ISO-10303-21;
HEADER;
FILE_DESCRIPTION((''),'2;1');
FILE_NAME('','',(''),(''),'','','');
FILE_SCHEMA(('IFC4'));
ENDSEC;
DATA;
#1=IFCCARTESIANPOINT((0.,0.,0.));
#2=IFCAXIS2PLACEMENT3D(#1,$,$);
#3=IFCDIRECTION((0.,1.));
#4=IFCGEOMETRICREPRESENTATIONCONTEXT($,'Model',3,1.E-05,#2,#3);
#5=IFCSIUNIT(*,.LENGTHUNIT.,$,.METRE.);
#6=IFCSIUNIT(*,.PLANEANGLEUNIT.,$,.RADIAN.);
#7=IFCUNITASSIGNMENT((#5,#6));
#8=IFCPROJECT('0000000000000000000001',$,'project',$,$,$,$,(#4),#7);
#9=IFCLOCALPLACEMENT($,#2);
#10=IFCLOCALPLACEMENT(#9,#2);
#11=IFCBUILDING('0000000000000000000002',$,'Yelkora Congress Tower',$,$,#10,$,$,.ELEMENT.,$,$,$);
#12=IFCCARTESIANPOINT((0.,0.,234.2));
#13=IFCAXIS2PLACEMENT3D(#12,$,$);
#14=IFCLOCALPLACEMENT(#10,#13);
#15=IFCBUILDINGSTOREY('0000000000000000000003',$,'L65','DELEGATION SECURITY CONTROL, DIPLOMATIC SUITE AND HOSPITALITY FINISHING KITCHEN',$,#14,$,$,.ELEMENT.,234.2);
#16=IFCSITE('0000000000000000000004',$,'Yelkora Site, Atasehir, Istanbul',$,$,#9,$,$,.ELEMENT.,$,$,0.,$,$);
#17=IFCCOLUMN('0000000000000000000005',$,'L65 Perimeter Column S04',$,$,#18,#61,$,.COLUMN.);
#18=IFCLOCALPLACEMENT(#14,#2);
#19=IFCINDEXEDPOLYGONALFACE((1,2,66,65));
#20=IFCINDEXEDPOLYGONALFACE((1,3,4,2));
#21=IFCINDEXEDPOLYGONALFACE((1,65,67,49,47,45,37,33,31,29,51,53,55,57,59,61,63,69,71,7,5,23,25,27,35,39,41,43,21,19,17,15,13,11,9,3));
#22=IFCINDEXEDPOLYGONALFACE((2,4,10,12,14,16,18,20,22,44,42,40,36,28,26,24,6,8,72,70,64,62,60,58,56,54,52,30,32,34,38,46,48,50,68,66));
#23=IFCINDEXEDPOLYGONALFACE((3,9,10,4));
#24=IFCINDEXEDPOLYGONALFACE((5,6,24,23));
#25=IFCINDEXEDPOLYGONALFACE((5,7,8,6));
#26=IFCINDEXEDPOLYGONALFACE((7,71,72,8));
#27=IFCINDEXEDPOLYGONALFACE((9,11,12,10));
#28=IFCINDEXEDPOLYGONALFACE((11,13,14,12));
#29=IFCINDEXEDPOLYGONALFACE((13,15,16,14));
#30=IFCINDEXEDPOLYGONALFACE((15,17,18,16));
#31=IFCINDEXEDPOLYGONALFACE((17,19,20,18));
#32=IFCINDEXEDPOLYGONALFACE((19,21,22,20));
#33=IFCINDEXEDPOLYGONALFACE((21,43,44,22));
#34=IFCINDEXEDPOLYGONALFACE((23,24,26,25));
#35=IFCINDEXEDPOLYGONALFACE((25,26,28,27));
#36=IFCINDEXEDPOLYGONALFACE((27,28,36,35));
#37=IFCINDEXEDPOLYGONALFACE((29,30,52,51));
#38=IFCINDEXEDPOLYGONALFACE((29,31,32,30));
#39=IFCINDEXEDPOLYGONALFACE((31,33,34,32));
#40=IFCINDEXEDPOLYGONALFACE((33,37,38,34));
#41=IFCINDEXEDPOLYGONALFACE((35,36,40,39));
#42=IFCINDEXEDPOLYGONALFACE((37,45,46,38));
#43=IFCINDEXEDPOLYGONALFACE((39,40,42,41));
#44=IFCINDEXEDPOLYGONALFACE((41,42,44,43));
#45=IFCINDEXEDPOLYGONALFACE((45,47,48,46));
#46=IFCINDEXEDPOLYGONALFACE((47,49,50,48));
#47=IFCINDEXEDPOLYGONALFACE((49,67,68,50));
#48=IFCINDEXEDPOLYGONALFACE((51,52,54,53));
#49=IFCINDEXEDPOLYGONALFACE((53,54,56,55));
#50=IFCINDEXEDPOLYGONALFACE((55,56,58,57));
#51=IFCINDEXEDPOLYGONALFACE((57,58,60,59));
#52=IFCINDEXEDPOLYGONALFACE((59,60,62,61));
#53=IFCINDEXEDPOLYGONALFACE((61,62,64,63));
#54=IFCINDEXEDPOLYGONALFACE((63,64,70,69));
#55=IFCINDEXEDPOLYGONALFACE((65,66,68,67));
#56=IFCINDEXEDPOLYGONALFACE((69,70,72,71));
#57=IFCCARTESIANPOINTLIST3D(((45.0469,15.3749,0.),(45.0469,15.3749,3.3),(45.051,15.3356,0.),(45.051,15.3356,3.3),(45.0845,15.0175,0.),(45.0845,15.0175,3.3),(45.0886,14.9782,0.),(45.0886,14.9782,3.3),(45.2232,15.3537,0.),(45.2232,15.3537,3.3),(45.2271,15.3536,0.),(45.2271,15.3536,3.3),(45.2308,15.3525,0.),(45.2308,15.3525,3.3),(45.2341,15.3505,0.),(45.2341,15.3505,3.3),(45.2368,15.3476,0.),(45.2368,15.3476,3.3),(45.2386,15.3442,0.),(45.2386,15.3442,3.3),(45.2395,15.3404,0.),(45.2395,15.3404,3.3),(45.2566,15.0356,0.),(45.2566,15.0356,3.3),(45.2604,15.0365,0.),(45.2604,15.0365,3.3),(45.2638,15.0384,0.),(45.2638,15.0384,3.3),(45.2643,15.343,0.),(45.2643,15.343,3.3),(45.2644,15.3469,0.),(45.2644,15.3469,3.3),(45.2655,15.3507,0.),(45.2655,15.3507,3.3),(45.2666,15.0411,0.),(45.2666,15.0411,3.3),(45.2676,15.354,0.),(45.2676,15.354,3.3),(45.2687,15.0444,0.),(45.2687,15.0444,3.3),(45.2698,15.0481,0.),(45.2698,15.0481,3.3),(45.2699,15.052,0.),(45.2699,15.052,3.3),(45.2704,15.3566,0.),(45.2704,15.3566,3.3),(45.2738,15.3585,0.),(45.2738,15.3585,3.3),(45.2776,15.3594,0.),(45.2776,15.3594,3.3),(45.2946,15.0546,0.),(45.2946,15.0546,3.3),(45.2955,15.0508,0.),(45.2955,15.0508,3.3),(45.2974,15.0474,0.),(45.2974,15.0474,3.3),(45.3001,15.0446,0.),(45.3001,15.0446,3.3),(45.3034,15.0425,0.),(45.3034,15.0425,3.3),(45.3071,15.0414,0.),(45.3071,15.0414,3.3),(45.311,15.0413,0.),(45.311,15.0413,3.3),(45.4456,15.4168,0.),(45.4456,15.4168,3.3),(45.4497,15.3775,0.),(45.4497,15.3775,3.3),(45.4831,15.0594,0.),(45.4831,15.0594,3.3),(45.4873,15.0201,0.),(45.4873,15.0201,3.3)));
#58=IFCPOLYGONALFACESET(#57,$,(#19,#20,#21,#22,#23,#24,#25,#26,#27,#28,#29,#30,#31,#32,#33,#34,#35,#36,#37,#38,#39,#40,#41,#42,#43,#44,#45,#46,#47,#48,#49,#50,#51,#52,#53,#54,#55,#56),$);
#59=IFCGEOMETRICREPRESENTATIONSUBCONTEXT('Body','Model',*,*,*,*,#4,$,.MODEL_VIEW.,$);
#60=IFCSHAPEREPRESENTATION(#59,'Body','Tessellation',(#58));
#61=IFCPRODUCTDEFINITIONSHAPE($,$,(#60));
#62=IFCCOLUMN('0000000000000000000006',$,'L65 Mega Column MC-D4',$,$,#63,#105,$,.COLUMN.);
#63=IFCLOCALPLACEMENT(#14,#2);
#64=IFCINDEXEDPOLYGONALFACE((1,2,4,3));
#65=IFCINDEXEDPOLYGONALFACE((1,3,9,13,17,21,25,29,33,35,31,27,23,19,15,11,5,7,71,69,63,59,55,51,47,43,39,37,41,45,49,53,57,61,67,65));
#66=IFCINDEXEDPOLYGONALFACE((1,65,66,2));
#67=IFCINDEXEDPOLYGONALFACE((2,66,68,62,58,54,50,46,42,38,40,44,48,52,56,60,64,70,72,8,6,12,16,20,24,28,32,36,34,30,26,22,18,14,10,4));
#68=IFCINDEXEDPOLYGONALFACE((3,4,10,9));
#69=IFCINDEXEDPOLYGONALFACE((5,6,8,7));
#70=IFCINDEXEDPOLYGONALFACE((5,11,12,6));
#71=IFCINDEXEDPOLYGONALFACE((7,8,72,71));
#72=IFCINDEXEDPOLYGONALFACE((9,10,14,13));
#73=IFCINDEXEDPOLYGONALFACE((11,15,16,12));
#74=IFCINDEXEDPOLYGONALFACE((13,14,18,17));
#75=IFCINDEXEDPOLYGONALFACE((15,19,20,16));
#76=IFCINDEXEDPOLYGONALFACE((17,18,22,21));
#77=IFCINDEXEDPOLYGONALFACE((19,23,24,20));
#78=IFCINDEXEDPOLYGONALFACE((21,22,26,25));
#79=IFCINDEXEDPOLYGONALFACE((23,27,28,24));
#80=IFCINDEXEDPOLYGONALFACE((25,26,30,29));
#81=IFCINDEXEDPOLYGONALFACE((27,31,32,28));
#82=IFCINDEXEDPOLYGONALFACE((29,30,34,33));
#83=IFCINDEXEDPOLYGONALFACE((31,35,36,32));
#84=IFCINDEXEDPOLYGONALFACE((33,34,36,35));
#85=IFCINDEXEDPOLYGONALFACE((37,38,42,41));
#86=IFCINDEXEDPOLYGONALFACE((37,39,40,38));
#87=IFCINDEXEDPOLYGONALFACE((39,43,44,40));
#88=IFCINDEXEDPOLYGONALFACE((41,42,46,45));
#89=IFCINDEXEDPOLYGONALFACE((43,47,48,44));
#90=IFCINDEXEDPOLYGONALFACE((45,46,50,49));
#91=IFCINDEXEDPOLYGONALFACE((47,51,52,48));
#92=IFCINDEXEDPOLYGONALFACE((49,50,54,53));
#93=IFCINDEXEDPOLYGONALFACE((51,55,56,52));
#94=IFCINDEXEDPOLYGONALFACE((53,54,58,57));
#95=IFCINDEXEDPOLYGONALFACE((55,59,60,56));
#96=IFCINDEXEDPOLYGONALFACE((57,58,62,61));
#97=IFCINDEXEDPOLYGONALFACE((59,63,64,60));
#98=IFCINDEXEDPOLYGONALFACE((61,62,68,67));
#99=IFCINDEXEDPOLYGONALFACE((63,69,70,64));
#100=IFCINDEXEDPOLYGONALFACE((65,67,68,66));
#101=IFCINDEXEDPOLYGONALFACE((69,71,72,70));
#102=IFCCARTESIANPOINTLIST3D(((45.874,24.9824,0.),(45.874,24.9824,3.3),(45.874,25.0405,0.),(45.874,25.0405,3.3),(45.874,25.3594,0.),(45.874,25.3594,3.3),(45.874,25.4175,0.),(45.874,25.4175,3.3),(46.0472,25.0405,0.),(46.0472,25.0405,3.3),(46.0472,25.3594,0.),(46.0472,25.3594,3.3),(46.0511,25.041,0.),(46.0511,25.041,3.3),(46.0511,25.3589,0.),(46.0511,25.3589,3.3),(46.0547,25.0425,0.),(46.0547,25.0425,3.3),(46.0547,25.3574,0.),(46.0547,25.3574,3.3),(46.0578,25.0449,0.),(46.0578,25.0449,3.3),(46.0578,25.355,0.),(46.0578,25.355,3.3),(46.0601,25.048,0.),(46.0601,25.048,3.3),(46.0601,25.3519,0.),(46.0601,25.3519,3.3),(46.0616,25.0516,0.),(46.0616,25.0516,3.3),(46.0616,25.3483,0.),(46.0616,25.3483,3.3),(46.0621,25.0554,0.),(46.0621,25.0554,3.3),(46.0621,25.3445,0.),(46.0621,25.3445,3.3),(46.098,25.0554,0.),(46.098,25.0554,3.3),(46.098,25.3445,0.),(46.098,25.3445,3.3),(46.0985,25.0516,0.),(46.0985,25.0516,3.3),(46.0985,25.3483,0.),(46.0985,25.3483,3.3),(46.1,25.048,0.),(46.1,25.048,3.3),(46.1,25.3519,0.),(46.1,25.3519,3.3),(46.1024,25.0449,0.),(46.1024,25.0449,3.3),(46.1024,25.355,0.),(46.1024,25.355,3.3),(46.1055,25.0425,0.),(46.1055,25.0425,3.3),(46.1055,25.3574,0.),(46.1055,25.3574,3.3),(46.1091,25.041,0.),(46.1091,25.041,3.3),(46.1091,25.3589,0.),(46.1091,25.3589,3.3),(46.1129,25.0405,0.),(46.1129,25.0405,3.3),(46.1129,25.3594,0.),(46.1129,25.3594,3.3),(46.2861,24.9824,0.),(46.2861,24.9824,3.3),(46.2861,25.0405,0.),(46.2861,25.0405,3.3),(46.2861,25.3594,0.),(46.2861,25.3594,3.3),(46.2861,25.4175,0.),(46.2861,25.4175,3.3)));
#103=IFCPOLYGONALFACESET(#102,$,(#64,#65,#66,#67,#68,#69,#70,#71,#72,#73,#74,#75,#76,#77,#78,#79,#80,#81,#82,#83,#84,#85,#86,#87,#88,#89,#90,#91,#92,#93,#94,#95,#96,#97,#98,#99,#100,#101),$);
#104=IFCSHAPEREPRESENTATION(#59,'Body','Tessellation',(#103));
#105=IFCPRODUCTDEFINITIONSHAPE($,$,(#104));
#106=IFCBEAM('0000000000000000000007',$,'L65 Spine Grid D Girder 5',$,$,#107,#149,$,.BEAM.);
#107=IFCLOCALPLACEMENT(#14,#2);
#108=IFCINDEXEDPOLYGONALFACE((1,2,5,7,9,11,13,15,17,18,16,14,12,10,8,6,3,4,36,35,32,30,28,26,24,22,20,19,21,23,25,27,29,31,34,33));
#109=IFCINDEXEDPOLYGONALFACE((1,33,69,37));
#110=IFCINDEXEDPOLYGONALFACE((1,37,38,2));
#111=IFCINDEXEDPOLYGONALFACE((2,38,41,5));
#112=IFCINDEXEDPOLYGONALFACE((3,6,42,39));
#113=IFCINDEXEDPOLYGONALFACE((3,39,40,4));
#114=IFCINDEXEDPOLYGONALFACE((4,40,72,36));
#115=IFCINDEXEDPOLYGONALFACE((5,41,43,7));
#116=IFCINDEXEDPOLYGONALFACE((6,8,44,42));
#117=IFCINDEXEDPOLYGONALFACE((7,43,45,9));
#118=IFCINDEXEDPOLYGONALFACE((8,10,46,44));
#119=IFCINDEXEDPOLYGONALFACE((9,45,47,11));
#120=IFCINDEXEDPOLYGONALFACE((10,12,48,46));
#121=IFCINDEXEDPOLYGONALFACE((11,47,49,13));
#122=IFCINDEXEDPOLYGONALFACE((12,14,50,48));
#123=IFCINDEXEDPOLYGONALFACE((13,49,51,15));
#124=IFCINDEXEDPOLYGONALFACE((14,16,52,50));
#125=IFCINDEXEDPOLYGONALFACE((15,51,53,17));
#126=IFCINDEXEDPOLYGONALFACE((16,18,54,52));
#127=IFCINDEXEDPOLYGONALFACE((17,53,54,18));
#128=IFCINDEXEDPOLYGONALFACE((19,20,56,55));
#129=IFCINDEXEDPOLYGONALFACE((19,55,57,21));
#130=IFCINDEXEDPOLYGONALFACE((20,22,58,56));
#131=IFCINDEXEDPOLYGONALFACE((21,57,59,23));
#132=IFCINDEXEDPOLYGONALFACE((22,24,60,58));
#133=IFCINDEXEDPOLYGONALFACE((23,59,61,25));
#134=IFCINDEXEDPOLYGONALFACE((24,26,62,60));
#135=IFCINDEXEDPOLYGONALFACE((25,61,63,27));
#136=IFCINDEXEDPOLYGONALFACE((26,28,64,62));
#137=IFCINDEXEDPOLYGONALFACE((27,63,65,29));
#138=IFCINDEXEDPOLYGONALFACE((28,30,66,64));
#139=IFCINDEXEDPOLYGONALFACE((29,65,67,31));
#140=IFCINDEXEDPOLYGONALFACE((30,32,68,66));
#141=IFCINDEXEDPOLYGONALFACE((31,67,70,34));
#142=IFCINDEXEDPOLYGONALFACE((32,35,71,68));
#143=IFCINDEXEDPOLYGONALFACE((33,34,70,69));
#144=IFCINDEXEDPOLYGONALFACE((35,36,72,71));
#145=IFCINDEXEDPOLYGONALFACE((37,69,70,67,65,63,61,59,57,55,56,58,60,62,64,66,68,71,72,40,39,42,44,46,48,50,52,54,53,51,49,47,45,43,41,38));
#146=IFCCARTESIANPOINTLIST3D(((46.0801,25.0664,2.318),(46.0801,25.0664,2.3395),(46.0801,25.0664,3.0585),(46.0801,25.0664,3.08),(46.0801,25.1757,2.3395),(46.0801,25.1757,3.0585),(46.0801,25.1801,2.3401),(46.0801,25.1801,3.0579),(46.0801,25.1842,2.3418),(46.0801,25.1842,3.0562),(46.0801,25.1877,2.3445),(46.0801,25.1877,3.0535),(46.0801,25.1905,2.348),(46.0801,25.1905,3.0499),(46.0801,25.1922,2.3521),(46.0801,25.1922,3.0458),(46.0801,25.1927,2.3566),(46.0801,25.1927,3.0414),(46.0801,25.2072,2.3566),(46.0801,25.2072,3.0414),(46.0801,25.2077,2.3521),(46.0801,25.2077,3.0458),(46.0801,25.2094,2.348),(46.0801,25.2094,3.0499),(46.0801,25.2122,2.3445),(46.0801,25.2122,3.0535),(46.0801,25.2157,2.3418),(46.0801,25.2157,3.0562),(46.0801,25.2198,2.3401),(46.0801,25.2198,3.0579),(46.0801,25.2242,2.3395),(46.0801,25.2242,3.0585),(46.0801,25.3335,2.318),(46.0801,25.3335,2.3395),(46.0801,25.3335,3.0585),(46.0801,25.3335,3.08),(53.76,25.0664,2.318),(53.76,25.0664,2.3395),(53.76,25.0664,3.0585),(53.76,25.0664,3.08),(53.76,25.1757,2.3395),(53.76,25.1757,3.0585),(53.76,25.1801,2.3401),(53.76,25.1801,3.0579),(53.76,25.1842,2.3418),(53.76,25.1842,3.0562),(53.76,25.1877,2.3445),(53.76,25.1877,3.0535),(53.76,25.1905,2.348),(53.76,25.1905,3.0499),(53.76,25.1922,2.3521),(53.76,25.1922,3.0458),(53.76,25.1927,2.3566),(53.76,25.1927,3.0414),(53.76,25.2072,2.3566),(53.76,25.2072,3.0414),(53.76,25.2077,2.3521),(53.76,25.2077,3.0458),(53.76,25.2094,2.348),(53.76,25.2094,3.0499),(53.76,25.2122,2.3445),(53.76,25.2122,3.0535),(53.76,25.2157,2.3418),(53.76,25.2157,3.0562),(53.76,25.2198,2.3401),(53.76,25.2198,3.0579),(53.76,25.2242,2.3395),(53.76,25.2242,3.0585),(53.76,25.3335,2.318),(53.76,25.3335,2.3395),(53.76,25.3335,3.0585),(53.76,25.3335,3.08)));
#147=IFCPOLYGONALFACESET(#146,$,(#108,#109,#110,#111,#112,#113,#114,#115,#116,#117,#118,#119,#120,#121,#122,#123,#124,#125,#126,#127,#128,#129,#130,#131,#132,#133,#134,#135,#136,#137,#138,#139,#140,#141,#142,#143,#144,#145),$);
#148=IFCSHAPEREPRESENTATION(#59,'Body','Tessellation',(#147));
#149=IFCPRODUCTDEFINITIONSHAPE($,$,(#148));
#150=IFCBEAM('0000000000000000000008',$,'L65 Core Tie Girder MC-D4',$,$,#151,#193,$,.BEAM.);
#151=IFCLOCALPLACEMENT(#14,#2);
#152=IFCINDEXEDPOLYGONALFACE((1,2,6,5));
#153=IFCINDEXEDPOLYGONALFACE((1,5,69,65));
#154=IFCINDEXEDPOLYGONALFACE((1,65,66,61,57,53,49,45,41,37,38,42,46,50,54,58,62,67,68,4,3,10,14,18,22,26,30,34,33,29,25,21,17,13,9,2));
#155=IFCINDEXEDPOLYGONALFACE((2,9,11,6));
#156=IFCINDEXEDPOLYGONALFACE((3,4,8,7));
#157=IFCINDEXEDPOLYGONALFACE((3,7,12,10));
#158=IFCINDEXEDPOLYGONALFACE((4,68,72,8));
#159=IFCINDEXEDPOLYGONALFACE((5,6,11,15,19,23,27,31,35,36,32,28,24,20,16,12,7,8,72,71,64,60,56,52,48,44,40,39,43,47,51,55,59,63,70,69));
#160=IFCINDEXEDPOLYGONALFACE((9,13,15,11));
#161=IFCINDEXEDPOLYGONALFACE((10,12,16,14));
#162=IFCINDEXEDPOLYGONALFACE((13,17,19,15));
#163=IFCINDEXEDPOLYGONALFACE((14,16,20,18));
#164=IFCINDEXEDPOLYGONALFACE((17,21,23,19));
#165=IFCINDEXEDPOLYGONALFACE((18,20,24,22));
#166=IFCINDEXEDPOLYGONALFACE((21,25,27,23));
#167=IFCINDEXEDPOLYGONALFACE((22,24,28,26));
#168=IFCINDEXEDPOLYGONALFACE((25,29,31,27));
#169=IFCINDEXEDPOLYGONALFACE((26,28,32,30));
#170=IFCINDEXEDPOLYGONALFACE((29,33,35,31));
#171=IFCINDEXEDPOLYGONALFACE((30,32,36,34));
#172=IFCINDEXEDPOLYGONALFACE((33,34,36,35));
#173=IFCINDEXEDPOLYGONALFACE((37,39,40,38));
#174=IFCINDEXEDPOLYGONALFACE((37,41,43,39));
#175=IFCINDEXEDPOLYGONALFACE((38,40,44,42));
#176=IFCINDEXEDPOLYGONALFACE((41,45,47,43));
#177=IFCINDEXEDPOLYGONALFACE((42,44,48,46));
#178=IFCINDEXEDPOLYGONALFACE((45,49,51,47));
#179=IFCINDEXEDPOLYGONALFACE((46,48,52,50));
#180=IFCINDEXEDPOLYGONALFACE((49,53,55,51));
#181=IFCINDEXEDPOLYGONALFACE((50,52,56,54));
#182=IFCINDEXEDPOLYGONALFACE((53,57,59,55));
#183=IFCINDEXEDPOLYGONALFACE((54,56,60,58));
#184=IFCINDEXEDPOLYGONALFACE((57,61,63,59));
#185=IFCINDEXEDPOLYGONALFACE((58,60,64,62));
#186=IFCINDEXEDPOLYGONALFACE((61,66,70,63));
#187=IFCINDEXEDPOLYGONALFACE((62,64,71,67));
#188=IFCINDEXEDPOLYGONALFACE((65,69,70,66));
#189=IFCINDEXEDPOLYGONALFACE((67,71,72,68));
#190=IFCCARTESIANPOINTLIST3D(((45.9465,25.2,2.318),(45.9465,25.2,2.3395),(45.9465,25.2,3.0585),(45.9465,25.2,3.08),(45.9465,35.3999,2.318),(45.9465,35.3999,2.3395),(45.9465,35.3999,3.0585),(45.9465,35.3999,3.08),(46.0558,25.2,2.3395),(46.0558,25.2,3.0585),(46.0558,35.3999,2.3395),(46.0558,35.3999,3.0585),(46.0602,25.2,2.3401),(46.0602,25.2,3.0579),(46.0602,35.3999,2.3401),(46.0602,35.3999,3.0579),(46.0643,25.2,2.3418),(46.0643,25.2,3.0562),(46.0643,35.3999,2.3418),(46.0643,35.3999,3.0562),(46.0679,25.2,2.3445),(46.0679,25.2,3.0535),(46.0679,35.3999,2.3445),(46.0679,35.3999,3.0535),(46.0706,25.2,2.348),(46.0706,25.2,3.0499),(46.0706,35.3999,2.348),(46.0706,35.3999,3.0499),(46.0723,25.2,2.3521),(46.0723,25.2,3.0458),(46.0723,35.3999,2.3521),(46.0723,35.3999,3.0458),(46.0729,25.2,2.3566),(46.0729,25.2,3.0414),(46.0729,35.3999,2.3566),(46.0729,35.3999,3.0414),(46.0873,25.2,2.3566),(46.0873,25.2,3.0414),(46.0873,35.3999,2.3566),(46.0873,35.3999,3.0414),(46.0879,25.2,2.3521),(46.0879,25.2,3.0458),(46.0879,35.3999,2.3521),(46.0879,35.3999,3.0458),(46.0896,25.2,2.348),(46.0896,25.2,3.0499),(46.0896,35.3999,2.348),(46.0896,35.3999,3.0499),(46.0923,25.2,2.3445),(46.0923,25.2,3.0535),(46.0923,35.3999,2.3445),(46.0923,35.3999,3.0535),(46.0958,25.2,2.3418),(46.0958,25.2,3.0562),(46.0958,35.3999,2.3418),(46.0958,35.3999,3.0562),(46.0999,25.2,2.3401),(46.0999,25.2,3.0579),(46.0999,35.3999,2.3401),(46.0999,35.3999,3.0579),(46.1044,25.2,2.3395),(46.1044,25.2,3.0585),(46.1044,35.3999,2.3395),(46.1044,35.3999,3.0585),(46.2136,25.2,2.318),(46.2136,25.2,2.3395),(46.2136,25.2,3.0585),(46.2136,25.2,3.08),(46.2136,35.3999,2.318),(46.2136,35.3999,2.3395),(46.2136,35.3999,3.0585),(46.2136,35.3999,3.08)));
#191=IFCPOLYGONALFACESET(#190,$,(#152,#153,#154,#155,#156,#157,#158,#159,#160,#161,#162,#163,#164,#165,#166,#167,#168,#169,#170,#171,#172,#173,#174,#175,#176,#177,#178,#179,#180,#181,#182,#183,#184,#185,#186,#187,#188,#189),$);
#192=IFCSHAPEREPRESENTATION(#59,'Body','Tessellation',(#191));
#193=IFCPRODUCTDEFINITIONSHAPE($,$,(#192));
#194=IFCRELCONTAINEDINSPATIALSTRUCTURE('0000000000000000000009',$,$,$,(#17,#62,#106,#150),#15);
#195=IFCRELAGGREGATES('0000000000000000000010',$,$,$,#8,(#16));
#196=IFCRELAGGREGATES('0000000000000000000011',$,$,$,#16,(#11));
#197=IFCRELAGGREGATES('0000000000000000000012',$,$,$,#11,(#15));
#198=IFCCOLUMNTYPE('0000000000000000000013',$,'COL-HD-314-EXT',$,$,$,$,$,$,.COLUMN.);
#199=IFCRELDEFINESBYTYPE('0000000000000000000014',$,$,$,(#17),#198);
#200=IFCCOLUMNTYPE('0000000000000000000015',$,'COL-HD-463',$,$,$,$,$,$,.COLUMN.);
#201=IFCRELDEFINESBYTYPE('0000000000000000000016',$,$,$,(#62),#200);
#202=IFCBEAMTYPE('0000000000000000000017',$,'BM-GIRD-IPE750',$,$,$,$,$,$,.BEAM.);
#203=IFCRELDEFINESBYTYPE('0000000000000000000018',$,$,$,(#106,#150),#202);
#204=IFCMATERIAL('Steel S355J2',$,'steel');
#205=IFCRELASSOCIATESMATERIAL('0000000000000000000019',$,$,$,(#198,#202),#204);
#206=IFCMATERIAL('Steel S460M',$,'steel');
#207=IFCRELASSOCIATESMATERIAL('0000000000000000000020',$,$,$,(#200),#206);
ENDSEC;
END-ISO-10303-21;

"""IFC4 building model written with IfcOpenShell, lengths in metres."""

from ifc_helpers import new_model, si_unit, direction, frame, origin, origin_2d, place, context, subcontext, project, spatial, i_section, extrude, material, material_profile, profile_set, type_object, element, save


model = new_model("IFC4")

# Units and contexts
model_context = context("Model", 3, precision=1e-05, world=origin(), true_north=direction((0.0, 1.0)))
body_context = subcontext(model_context, "Body", "Model", "MODEL_VIEW")
ifc_project = project(units=[si_unit("LENGTHUNIT", "METRE"), si_unit("PLANEANGLEUNIT", "RADIAN")], contexts=[model_context])

# Site, building, storey
site_placement = place(None, origin())
site = spatial("IfcSite", under=ifc_project, at=site_placement, Name="Yelkora Site, Atasehir, Istanbul", CompositionType="ELEMENT", RefElevation=0.0)
building_placement = place(site_placement, origin())
building = spatial("IfcBuilding", under=site, at=building_placement, Name="Yelkora Congress Tower", CompositionType="ELEMENT")
storey_placement = place(building_placement, frame((0.0, 0.0, 234.2)))
storey = spatial("IfcBuildingStorey", under=building, at=storey_placement, Name="L65", Description="DELEGATION SECURITY CONTROL, DIPLOMATIC SUITE AND HOSPITALITY FINISHING KITCHEN", CompositionType="ELEMENT", Elevation=234.2)

# Columns
ifc_material_1 = material(Name="Steel S355J2", Category="steel")
ifc_material_profile_1 = material_profile(ifc_material_1, i_section(OverallWidth=0.4009, OverallDepth=0.3989, WebThickness=0.0249, FlangeThickness=0.0396, FilletRadius=0.0149, at=origin_2d()), Name="HD 400x314")
ifc_profile_set_1 = profile_set([ifc_material_profile_1], Name="Steel S355J2")
column_type_1 = type_object("IfcColumnType", Name="COL-HD-314-EXT", PredefinedType="COLUMN", material=ifc_profile_set_1)
column_1_placement = place(storey_placement, frame((45.2671, 15.1975, 0.0), z_axis=(0.0, 0.0, 1.0), x_axis=(0.994522, 0.104528, 0.0)))
element("IfcColumn", 1, at=column_1_placement, inside=storey, type_object=column_type_1, Name="L65 Perimeter Column S04", PredefinedType="COLUMN", context=body_context, shape_type="SweptSolid", body=[
    extrude(i_section(OverallWidth=0.4009, OverallDepth=0.3989, WebThickness=0.0249, FlangeThickness=0.0396, FilletRadius=0.0149, at=origin_2d()), origin(), (0.0, 0.0, 1.0), 3.3),
])
ifc_material_2 = material(Name="Steel S460M", Category="steel")
ifc_material_profile_2 = material_profile(ifc_material_2, i_section(OverallWidth=0.4121, OverallDepth=0.4351, WebThickness=0.0359, FlangeThickness=0.0581, FilletRadius=0.0149, at=origin_2d()), Name="HD 400x463")
ifc_profile_set_2 = profile_set([ifc_material_profile_2], Name="Steel S460M")
column_type_2 = type_object("IfcColumnType", Name="COL-HD-463", PredefinedType="COLUMN", material=ifc_profile_set_2)
column_2_placement = place(storey_placement, frame((46.0801, 25.2, 0.0), z_axis=(0.0, 0.0, 1.0), x_axis=(1.0, 0.0, 0.0)))
element("IfcColumn", 2, at=column_2_placement, inside=storey, type_object=column_type_2, Name="L65 Mega Column MC-D4", PredefinedType="COLUMN", context=body_context, shape_type="SweptSolid", body=[
    extrude(i_section(OverallWidth=0.4121, OverallDepth=0.4351, WebThickness=0.0359, FlangeThickness=0.0581, FilletRadius=0.0149, at=origin_2d()), origin(), (0.0, 0.0, 1.0), 3.3),
])

# Beams
ifc_material_profile_3 = material_profile(ifc_material_1, i_section(OverallWidth=0.2671, OverallDepth=0.762, WebThickness=0.0144, FlangeThickness=0.0215, FilletRadius=0.0171, at=origin_2d()), Name="IPE 750x173")
ifc_profile_set_3 = profile_set([ifc_material_profile_3], Name="Steel S355J2")
beam_type_1 = type_object("IfcBeamType", Name="BM-GIRD-IPE750", PredefinedType="BEAM", material=ifc_profile_set_3)
beam_1_placement = place(storey_placement, frame((46.0801, 25.2, 2.699), z_axis=(1.0, 0.0, 0.0), x_axis=(0.0, 1.0, 0.0)))
element("IfcBeam", 3, at=beam_1_placement, inside=storey, type_object=beam_type_1, Name="L65 Spine Grid D Girder 5", PredefinedType="BEAM", context=body_context, shape_type="SweptSolid", body=[
    extrude(i_section(OverallWidth=0.2671, OverallDepth=0.762, WebThickness=0.0144, FlangeThickness=0.0215, FilletRadius=0.0171, at=origin_2d()), origin(), (0.0, 0.0, 1.0), 7.6799),
])
beam_2_placement = place(storey_placement, frame((46.0801, 25.2, 2.699), z_axis=(0.0, 1.0, 0.0), x_axis=(-1.0, 0.0, 0.0)))
element("IfcBeam", 4, at=beam_2_placement, inside=storey, type_object=beam_type_1, Name="L65 Core Tie Girder MC-D4", PredefinedType="BEAM", context=body_context, shape_type="SweptSolid", body=[
    extrude(i_section(OverallWidth=0.2671, OverallDepth=0.762, WebThickness=0.0144, FlangeThickness=0.0215, FilletRadius=0.0171, at=origin_2d()), origin(), (0.0, 0.0, 1.0), 10.2),
])

save(model, "model.ifc")
